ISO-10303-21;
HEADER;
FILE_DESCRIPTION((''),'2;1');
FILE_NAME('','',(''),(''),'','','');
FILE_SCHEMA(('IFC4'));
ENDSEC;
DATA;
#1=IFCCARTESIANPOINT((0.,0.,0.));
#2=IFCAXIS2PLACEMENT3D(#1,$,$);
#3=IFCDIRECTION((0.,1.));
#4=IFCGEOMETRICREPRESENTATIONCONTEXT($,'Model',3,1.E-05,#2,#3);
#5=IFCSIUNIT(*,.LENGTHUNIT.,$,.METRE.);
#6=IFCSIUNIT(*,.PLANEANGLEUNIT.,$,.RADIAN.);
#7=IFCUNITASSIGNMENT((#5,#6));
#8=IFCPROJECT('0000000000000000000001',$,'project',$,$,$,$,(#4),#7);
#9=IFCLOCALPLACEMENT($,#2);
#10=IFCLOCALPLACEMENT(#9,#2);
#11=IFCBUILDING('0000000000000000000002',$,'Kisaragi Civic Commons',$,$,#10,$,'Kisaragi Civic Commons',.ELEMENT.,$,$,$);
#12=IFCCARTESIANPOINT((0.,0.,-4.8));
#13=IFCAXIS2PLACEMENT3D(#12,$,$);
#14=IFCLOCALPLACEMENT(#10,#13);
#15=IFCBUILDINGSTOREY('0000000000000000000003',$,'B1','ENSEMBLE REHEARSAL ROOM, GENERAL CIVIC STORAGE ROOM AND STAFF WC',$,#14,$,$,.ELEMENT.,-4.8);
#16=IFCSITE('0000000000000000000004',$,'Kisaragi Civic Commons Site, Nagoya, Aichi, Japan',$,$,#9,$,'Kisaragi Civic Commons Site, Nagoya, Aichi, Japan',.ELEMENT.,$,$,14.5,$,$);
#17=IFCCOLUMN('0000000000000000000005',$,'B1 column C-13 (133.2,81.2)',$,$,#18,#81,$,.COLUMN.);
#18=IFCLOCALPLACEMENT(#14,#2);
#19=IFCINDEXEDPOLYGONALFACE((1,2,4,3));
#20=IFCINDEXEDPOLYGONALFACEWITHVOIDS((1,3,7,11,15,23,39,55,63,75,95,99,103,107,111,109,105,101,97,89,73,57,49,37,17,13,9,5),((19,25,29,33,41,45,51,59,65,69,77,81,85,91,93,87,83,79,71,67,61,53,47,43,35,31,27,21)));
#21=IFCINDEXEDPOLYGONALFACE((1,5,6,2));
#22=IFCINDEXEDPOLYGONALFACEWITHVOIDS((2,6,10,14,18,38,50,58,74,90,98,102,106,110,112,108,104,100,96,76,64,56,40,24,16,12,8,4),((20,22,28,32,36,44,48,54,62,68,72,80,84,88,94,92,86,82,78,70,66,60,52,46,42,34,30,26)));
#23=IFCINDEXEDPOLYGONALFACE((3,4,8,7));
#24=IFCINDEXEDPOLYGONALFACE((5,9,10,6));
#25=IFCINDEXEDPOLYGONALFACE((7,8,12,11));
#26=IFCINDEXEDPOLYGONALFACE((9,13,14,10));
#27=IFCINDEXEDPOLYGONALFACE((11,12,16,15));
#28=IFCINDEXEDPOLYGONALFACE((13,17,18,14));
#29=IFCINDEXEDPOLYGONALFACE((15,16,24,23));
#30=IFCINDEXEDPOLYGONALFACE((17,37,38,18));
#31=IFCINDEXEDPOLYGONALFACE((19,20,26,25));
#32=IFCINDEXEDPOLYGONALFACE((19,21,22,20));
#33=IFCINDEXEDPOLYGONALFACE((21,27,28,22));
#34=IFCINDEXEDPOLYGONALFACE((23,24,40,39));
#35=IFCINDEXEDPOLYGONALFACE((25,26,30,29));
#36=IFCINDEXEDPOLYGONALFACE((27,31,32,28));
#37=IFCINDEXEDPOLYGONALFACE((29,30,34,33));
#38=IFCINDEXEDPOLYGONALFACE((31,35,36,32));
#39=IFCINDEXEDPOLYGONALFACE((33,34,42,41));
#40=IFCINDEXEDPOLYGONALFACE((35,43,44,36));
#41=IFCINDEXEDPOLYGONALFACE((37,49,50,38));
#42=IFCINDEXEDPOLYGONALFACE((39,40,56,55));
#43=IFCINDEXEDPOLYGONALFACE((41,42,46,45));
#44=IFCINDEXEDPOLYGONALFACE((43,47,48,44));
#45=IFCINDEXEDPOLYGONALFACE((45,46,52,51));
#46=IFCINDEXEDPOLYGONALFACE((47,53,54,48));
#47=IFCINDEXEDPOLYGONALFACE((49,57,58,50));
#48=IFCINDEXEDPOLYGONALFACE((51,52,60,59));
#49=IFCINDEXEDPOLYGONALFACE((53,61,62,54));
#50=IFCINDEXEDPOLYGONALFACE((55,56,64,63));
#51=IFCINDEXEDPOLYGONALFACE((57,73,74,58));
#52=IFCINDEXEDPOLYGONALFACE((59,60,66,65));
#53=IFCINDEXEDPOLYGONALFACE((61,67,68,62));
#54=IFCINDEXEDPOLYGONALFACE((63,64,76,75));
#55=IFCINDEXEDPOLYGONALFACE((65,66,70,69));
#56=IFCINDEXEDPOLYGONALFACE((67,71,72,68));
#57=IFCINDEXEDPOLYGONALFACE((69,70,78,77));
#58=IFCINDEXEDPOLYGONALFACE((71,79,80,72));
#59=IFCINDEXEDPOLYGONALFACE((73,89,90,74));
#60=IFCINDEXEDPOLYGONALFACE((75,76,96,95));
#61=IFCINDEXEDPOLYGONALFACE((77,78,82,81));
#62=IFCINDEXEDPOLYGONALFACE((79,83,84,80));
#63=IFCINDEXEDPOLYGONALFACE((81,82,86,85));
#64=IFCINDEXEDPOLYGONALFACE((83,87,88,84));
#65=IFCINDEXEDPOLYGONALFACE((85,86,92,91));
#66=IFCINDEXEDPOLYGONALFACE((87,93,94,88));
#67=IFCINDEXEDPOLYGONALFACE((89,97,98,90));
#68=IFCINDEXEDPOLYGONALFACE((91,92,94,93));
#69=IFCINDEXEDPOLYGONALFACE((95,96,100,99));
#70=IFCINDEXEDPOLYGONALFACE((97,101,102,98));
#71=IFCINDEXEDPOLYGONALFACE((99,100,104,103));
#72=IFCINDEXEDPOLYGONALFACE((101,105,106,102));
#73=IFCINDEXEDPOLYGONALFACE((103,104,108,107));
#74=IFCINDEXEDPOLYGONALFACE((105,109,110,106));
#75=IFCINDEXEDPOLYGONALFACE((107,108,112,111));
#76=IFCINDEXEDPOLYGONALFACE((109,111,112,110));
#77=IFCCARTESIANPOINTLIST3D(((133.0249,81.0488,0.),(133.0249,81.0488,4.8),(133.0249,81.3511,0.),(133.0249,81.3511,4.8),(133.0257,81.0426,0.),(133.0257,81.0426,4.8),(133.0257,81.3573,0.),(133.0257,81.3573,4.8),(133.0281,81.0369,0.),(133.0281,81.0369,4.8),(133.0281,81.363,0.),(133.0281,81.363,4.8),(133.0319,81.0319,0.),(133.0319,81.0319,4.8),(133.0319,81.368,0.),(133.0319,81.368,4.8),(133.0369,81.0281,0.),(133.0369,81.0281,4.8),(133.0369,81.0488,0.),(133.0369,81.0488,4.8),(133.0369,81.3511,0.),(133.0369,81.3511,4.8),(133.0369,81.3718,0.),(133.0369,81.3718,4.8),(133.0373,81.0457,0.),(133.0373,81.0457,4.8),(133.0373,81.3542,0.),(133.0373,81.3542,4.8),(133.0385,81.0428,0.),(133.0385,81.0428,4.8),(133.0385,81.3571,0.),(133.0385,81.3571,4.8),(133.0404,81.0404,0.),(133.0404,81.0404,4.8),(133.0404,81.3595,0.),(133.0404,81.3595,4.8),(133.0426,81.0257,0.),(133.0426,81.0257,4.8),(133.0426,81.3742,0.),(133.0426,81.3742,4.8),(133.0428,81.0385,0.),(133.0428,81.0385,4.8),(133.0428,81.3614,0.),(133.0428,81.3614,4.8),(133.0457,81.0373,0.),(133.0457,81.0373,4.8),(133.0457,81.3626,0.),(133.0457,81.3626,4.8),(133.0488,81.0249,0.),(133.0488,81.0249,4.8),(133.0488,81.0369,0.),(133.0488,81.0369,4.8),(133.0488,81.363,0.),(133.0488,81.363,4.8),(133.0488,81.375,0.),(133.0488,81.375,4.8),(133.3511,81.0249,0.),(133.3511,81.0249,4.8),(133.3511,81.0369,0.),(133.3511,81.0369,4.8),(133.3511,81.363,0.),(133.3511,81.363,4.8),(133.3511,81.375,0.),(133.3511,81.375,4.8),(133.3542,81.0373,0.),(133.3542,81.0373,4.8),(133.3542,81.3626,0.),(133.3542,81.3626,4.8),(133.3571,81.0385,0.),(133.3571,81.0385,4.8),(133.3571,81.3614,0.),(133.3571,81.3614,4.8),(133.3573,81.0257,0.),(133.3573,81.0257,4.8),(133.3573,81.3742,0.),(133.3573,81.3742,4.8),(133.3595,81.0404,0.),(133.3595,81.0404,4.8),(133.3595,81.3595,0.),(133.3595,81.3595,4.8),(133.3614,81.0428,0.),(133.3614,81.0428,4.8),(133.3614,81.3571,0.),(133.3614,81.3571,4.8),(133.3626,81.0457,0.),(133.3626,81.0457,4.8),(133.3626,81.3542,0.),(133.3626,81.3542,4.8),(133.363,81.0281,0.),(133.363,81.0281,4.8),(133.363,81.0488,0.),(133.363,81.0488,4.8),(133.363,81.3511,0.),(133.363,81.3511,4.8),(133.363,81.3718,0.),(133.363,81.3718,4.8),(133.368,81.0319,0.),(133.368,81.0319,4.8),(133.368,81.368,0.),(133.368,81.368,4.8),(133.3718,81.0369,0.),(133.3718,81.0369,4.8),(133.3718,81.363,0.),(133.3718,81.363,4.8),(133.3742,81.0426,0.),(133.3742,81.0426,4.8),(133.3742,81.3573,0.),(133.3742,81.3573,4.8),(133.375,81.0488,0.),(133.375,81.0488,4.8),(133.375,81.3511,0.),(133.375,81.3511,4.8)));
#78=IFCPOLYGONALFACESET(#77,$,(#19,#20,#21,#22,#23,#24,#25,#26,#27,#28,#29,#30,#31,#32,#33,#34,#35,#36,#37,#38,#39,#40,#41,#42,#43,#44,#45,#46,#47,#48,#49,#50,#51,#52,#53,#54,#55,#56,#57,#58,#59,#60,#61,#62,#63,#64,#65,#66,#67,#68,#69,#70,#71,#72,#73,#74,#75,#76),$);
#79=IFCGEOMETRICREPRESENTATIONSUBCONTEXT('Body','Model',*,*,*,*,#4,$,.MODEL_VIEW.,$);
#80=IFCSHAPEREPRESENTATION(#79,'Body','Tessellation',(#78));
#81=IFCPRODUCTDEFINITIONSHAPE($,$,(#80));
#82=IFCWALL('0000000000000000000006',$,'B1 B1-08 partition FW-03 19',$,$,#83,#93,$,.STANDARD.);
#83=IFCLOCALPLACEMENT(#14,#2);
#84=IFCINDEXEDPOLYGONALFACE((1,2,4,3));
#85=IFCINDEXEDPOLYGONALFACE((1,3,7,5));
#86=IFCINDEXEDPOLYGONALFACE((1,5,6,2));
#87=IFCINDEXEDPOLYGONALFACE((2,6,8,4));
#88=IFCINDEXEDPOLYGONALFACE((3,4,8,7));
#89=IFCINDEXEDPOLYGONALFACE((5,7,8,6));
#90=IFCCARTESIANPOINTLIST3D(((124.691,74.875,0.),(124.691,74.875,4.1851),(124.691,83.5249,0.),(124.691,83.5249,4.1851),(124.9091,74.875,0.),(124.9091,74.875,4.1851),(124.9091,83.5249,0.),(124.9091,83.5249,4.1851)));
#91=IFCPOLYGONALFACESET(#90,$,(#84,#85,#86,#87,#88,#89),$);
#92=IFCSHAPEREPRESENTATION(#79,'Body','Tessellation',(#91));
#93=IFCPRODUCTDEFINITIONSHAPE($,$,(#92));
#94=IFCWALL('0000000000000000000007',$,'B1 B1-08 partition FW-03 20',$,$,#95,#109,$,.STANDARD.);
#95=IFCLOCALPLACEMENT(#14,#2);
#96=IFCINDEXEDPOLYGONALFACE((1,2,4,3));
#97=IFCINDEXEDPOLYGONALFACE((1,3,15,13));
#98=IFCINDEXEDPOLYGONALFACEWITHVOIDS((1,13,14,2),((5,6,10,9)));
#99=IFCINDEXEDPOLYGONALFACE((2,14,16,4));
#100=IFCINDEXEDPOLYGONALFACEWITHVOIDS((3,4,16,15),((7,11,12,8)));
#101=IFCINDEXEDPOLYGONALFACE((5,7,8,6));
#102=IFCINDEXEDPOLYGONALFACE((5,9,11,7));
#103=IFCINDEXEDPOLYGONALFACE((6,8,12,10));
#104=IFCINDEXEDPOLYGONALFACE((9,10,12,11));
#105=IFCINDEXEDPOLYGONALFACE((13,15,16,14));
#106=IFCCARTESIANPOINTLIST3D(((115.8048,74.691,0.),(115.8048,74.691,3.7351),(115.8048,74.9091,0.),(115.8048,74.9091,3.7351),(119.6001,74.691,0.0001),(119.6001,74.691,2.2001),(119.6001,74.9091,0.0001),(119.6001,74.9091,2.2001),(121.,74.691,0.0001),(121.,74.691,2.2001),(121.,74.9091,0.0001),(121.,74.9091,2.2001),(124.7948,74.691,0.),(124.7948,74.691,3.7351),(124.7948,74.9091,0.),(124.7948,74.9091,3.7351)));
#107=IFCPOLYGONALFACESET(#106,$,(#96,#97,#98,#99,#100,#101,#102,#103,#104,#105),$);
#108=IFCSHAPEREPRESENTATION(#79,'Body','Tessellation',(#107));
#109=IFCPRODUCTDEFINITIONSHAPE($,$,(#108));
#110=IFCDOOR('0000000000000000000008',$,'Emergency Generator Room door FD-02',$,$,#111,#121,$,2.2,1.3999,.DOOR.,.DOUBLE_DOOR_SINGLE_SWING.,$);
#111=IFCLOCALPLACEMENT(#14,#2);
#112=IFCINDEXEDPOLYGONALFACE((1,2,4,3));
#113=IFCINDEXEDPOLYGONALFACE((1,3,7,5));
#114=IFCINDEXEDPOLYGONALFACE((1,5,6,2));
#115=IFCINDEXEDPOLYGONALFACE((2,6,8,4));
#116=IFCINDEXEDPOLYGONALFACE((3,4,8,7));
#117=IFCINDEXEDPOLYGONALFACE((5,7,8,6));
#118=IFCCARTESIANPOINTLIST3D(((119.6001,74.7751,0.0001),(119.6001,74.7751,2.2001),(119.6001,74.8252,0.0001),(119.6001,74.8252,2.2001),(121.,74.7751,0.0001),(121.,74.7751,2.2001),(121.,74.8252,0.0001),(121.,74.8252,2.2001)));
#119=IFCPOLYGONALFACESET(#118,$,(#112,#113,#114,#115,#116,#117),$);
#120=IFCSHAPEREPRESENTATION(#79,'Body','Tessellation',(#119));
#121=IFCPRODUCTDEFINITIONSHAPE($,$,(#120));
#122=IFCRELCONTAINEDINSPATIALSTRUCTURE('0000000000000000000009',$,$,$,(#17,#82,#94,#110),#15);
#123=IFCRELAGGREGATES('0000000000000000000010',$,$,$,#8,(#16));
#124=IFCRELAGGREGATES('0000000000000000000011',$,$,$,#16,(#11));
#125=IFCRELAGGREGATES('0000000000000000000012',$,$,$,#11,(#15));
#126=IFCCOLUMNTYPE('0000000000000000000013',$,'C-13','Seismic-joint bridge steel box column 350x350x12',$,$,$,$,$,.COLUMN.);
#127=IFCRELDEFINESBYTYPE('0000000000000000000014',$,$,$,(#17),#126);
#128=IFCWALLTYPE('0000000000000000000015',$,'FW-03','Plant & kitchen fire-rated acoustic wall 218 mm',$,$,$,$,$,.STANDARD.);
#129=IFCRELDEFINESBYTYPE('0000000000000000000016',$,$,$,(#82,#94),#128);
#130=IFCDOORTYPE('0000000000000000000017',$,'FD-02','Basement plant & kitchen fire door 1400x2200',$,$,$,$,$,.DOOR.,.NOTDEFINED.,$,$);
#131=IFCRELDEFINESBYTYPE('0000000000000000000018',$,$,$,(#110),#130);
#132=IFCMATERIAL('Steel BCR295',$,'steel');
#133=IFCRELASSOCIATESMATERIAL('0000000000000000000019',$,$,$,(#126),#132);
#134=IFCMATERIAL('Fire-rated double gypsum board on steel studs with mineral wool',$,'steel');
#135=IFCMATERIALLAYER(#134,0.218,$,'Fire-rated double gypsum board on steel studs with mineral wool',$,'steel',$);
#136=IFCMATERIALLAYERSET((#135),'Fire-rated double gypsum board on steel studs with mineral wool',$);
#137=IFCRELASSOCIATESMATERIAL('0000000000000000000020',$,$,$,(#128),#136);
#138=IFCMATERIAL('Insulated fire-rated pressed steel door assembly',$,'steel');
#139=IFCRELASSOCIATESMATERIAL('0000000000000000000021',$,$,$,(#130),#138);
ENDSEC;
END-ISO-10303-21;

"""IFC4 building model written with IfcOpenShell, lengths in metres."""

from ifc_helpers import new_model, si_unit, direction, frame, frame_2d, origin, origin_2d, place, context, subcontext, project, spatial, rectangle, hollow_rectangle, extrude, material, layer, layer_set, material_profile, profile_set, type_object, element, fill, save


model = new_model("IFC4")

# Units and contexts
model_context = context("Model", 3, precision=1e-05, world=origin(), true_north=direction((0.0, 1.0)))
body_context = subcontext(model_context, "Body", "Model", "MODEL_VIEW")
ifc_project = project(units=[si_unit("LENGTHUNIT", "METRE"), si_unit("PLANEANGLEUNIT", "RADIAN")], contexts=[model_context])

# Site, building, storey
site_placement = place(None, origin())
site = spatial("IfcSite", under=ifc_project, at=site_placement, Name="Kisaragi Civic Commons Site, Nagoya, Aichi, Japan", LongName="Kisaragi Civic Commons Site, Nagoya, Aichi, Japan", CompositionType="ELEMENT", RefElevation=14.5)
building_placement = place(site_placement, origin())
building = spatial("IfcBuilding", under=site, at=building_placement, Name="Kisaragi Civic Commons", LongName="Kisaragi Civic Commons", CompositionType="ELEMENT")
storey_placement = place(building_placement, frame((0.0, 0.0, -4.8)))
storey = spatial("IfcBuildingStorey", under=building, at=storey_placement, Name="B1", Description="ENSEMBLE REHEARSAL ROOM, GENERAL CIVIC STORAGE ROOM AND STAFF WC", CompositionType="ELEMENT", Elevation=-4.8)

# Column
ifc_material_1 = material(Name="Steel BCR295", Category="steel")
ifc_material_profile_1 = material_profile(ifc_material_1, hollow_rectangle(XDim=0.3501, YDim=0.3501, WallThickness=0.012, InnerFilletRadius=0.012, OuterFilletRadius=0.0239, at=origin_2d()), Name="BCR-350x350x12", Category="steel")
ifc_profile_set_1 = profile_set([ifc_material_profile_1], Name="Steel BCR295")
column_type_1 = type_object("IfcColumnType", Name="C-13", Description="Seismic-joint bridge steel box column 350x350x12", PredefinedType="COLUMN", material=ifc_profile_set_1)
for number, where, z_axis, x_axis, name in (
    (1, (133.2, 81.2, 0.0), (0.0, 0.0, 1.0), (1.0, 0.0, 0.0), "B1 column C-13 (133.2,81.2)"),
):
    element("IfcColumn", number, at=place(storey_placement, frame(where, z_axis=z_axis, x_axis=x_axis)), inside=storey, type_object=column_type_1, Name=name, PredefinedType="COLUMN", context=body_context, shape_type="SweptSolid", body=[
        extrude(hollow_rectangle(XDim=0.3501, YDim=0.3501, WallThickness=0.012, InnerFilletRadius=0.012, OuterFilletRadius=0.0239, at=origin_2d()), origin(), (0.0, 0.0, 1.0), 4.8),
    ])

# Wall
ifc_material_2 = material(Name="Fire-rated double gypsum board on steel studs with mineral wool", Category="steel")
ifc_layer = layer(ifc_material_2, 0.218, Name="Fire-rated double gypsum board on steel studs with mineral wool", Category="steel")
ifc_layer_set = layer_set([ifc_layer], Name="Fire-rated double gypsum board on steel studs with mineral wool")
wall_type = type_object("IfcWallType", Name="FW-03", Description="Plant & kitchen fire-rated acoustic wall 218 mm", PredefinedType="STANDARD", material=ifc_layer_set)
wall_1_placement = place(storey_placement, frame((124.8, 83.5249, 0.0), z_axis=(0.0, 0.0, 1.0), x_axis=(0.0, -1.0, 0.0)))
element("IfcWall", 2, at=wall_1_placement, inside=storey, type_object=wall_type, Name="B1 B1-08 partition FW-03 19", PredefinedType="STANDARD", context=body_context, shape_type="SweptSolid", body=[
    extrude(rectangle(XDim=8.6499, YDim=0.218, at=frame_2d((4.325, 0.0))), origin(), (0.0, 0.0, 1.0), 4.1851),
])

# Wall, opening, door
wall_2_placement = place(storey_placement, frame((124.7949, 74.8, 0.0), z_axis=(0.0, 0.0, 1.0), x_axis=(-1.0, 0.0, 0.0)))
wall_2 = element("IfcWall", 3, at=wall_2_placement, inside=storey, type_object=wall_type, Name="B1 B1-08 partition FW-03 20", PredefinedType="STANDARD", context=body_context, shape_type="SweptSolid", body=[
    extrude(rectangle(XDim=8.99, YDim=0.218, at=frame_2d((4.4951, 0.0))), origin(), (0.0, 0.0, 1.0), 3.7351),
])
opening_placement = place(wall_2_placement, frame((3.7949, 0.0, 0.0)))
opening = element("IfcOpeningElement", 4, at=opening_placement, cuts=wall_2, PredefinedType="OPENING", context=body_context, shape_type="SweptSolid", body=[
    extrude(rectangle(XDim=1.3999, YDim=2.2, at=frame_2d((0.7, 1.1001))), frame((0.0, 0.1189, 0.0), z_axis=(0.0, -1.0, 0.0), x_axis=(1.0, 0.0, 0.0)), (0.0, 0.0, 1.0), 0.238),
])
ifc_material_3 = material(Name="Insulated fire-rated pressed steel door assembly", Category="steel")
door_type = type_object("IfcDoorType", Name="FD-02", Description="Basement plant & kitchen fire door 1400x2200", OperationType="NOTDEFINED", PredefinedType="DOOR", material=ifc_material_3)
door_placement = place(opening_placement, origin())
door = element("IfcDoor", 5, at=door_placement, inside=storey, type_object=door_type, Name="Emergency Generator Room door FD-02", OperationType="DOUBLE_DOOR_SINGLE_SWING", OverallHeight=2.2, OverallWidth=1.3999, PredefinedType="DOOR", context=body_context, shape_type="SweptSolid", body=[
    extrude(rectangle(XDim=1.3999, YDim=2.2, at=frame_2d((0.7, 1.1001))), frame((0.0, 0.0249, 0.0), z_axis=(0.0, -1.0, 0.0), x_axis=(1.0, 0.0, 0.0)), (0.0, 0.0, 1.0), 0.05),
])
fill(opening, door)

save(model, "model.ifc")
